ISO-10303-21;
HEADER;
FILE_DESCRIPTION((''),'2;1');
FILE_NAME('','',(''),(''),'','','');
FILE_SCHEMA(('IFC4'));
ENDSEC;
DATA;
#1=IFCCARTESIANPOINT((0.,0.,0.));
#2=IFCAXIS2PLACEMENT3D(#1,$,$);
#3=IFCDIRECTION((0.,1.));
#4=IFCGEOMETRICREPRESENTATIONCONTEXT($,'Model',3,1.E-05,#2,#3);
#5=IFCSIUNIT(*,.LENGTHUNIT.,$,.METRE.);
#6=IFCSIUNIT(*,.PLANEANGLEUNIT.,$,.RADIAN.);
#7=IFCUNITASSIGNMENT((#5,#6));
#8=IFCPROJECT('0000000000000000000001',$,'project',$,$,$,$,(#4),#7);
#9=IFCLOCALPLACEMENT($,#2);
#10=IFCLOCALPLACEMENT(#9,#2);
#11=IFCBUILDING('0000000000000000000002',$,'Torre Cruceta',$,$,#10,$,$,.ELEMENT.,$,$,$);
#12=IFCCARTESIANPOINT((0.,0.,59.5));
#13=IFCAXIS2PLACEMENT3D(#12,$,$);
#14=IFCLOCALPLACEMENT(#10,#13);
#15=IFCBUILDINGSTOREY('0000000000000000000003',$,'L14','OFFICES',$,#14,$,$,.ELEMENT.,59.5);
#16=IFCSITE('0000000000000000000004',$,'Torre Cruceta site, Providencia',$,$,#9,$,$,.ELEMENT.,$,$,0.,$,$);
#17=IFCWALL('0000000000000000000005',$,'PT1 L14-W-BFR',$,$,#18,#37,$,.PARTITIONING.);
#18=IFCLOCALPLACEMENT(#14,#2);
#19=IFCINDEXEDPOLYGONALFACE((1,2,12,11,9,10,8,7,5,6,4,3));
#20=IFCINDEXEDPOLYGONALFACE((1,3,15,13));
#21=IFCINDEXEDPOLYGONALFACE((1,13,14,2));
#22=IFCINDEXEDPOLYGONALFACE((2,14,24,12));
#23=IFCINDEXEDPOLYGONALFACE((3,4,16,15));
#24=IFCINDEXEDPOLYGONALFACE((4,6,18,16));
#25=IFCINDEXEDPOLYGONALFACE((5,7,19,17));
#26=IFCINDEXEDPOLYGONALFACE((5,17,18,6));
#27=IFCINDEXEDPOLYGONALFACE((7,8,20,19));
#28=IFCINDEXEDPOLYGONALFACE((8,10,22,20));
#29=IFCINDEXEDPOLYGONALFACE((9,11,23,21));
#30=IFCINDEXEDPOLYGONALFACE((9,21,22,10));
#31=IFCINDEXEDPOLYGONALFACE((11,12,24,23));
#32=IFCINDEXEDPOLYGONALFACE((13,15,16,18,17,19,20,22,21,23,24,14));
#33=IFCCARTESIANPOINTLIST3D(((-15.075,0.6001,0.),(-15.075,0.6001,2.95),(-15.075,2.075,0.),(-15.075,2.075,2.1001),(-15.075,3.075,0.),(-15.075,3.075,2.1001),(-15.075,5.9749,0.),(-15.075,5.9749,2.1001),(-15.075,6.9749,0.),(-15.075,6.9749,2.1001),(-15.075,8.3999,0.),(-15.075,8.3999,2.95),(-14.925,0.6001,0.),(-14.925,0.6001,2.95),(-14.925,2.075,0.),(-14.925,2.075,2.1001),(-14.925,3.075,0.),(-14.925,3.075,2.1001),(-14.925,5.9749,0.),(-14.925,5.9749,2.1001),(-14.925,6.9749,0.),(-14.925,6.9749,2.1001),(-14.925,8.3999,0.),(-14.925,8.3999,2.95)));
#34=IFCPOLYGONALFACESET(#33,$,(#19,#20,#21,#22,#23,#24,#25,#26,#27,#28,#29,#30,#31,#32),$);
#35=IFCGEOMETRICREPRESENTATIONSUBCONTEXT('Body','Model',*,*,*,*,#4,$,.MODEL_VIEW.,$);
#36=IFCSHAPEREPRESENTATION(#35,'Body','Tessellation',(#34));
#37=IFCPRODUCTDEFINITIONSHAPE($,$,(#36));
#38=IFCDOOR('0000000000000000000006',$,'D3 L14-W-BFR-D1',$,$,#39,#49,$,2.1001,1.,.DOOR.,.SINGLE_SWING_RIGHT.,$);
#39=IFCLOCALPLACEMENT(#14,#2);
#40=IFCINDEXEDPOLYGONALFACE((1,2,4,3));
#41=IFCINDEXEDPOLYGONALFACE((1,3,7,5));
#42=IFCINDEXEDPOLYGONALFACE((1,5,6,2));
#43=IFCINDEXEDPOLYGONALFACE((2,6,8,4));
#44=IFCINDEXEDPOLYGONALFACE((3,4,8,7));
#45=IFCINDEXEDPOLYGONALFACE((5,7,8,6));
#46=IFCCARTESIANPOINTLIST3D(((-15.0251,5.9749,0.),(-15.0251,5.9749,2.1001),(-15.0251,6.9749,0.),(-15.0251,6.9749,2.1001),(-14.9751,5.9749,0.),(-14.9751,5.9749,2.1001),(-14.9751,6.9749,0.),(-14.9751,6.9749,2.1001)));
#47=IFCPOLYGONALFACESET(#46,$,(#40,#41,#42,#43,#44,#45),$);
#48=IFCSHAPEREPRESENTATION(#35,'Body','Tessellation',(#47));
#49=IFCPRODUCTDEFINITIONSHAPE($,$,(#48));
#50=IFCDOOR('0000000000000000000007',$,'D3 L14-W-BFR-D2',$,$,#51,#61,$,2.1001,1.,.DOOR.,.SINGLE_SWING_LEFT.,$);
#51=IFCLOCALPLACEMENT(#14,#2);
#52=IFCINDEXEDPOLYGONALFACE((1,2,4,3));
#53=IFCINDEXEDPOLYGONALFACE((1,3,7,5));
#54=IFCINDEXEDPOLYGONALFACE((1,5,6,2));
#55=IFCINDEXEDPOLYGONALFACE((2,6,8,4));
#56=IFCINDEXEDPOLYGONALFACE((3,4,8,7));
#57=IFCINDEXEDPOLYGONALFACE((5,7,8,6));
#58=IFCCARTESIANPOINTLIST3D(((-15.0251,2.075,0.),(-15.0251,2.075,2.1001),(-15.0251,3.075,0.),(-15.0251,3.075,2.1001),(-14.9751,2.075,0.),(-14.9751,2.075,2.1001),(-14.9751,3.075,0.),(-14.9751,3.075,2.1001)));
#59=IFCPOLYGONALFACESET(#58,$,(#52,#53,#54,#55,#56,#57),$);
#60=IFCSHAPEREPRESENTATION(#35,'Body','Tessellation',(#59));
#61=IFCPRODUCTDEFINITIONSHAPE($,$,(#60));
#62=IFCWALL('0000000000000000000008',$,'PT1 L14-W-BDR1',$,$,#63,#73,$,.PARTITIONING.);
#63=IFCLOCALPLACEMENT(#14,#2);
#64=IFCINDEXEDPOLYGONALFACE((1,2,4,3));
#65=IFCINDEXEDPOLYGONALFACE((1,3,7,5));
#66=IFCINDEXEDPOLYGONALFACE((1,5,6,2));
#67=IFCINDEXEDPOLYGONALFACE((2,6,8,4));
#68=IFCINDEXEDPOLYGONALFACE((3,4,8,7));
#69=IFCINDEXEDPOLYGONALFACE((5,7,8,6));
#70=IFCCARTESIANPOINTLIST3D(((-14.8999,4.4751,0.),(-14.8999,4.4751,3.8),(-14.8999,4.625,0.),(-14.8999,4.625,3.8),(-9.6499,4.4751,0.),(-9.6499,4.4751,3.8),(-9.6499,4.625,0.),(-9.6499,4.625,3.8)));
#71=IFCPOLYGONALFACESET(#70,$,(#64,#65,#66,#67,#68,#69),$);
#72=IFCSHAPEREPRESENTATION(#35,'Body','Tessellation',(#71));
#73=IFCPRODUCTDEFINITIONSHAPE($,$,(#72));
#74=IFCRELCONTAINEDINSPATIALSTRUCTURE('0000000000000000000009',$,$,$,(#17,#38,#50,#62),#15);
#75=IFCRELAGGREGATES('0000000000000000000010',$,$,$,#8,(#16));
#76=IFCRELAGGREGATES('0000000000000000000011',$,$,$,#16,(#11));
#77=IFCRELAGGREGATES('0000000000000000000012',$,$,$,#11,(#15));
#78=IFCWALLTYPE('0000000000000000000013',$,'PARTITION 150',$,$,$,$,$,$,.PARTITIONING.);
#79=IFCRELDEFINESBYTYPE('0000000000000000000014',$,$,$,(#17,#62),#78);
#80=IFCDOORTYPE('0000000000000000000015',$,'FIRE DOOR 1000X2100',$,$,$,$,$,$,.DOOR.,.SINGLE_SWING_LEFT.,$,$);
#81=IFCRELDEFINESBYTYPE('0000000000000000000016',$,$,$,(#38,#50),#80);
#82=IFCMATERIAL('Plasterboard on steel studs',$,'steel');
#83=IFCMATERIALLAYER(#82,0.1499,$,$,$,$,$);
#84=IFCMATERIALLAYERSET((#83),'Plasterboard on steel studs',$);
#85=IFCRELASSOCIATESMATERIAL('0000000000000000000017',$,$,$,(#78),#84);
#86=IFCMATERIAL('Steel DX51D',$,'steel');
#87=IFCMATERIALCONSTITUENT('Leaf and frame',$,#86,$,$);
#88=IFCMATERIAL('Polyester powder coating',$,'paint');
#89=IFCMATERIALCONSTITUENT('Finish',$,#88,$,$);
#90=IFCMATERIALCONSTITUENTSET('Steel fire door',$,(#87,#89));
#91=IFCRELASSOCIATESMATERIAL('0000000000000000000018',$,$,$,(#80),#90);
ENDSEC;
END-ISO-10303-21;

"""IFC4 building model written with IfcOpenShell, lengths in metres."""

from ifc_helpers import new_model, si_unit, direction, frame, frame_2d, origin, place, context, subcontext, project, spatial, rectangle, extrude, material, layer, layer_set, constituent, constituent_set, type_object, element, fill, save


model = new_model("IFC4")

# Units and contexts
model_context = context("Model", 3, precision=1e-05, world=origin(), true_north=direction((0.0, 1.0)))
body_context = subcontext(model_context, "Body", "Model", "MODEL_VIEW")
ifc_project = project(units=[si_unit("LENGTHUNIT", "METRE"), si_unit("PLANEANGLEUNIT", "RADIAN")], contexts=[model_context])

# Site, building, storey
site_placement = place(None, origin())
site = spatial("IfcSite", under=ifc_project, at=site_placement, Name="Torre Cruceta site, Providencia", CompositionType="ELEMENT", RefElevation=0.0)
building_placement = place(site_placement, origin())
building = spatial("IfcBuilding", under=site, at=building_placement, Name="Torre Cruceta", CompositionType="ELEMENT")
storey_placement = place(building_placement, frame((0.0, 0.0, 59.5)))
storey = spatial("IfcBuildingStorey", under=building, at=storey_placement, Name="L14", Description="OFFICES", CompositionType="ELEMENT", Elevation=59.5)

# Wall, openings, doors
ifc_material_1 = material(Name="Plasterboard on steel studs", Category="steel")
ifc_layer_1 = layer(ifc_material_1, 0.1499)
ifc_layer_set_1 = layer_set([ifc_layer_1], Name="Plasterboard on steel studs")
wall_type_1 = type_object("IfcWallType", Name="PARTITION 150", PredefinedType="PARTITIONING", material=ifc_layer_set_1)
wall_1_placement = place(storey_placement, frame((-15.0, 8.3999, 0.0), z_axis=(0.0, 0.0, 1.0), x_axis=(0.0, -1.0, 0.0)))
wall_1 = element("IfcWall", 1, at=wall_1_placement, inside=storey, type_object=wall_type_1, Name="PT1 L14-W-BFR", PredefinedType="PARTITIONING", context=body_context, shape_type="SweptSolid", body=[
    extrude(rectangle(XDim=7.7998, YDim=0.1499, at=frame_2d((3.8999, 0.0))), origin(), (0.0, 0.0, 1.0), 2.95),
])
opening_1_placement = place(wall_1_placement, frame((1.425, 0.0, 0.0)))
opening_1 = element("IfcOpeningElement", 2, at=opening_1_placement, cuts=wall_1, PredefinedType="OPENING", context=body_context, shape_type="SweptSolid", body=[
    extrude(rectangle(XDim=1.0, YDim=2.1001, at=frame_2d((0.5, 1.05))), frame((0.0, 0.085, 0.0), z_axis=(0.0, -1.0, 0.0), x_axis=(1.0, 0.0, 0.0)), (0.0, 0.0, 1.0), 0.1699),
])
opening_2_placement = place(wall_1_placement, frame((5.325, 0.0, 0.0)))
opening_2 = element("IfcOpeningElement", 3, at=opening_2_placement, cuts=wall_1, PredefinedType="OPENING", context=body_context, shape_type="SweptSolid", body=[
    extrude(rectangle(XDim=1.0, YDim=2.1001, at=frame_2d((0.5, 1.05))), frame((0.0, 0.085, 0.0), z_axis=(0.0, -1.0, 0.0), x_axis=(1.0, 0.0, 0.0)), (0.0, 0.0, 1.0), 0.1699),
])
ifc_material_2 = material(Name="Steel DX51D", Category="steel")
ifc_constituent_1 = constituent(ifc_material_2, Name="Leaf and frame")
ifc_material_3 = material(Name="Polyester powder coating", Category="paint")
ifc_constituent_2 = constituent(ifc_material_3, Name="Finish")
ifc_constituent_set_1 = constituent_set(constituents=[ifc_constituent_1, ifc_constituent_2], Name="Steel fire door")
door_type_1 = type_object("IfcDoorType", Name="FIRE DOOR 1000X2100", OperationType="SINGLE_SWING_LEFT", PredefinedType="DOOR", material=ifc_constituent_set_1)
door_1_placement = place(opening_1_placement, origin())
door_1 = element("IfcDoor", 4, at=door_1_placement, inside=storey, type_object=door_type_1, Name="D3 L14-W-BFR-D1", OperationType="SINGLE_SWING_RIGHT", OverallHeight=2.1001, OverallWidth=1.0, PredefinedType="DOOR", context=body_context, shape_type="SweptSolid", body=[
    extrude(rectangle(XDim=1.0, YDim=2.1001, at=frame_2d((0.5, 1.05))), frame((0.0, 0.0249, 0.0), z_axis=(0.0, -1.0, 0.0), x_axis=(1.0, 0.0, 0.0)), (0.0, 0.0, 1.0), 0.05),
])
fill(opening_1, door_1)
door_2_placement = place(opening_2_placement, origin())
door_2 = element("IfcDoor", 5, at=door_2_placement, inside=storey, type_object=door_type_1, Name="D3 L14-W-BFR-D2", OperationType="SINGLE_SWING_LEFT", OverallHeight=2.1001, OverallWidth=1.0, PredefinedType="DOOR", context=body_context, shape_type="SweptSolid", body=[
    extrude(rectangle(XDim=1.0, YDim=2.1001, at=frame_2d((0.5, 1.05))), frame((0.0, 0.0249, 0.0), z_axis=(0.0, -1.0, 0.0), x_axis=(1.0, 0.0, 0.0)), (0.0, 0.0, 1.0), 0.05),
])
fill(opening_2, door_2)

# Wall
wall_2_placement = place(storey_placement, frame((-9.6499, 4.55, 0.0), z_axis=(0.0, 0.0, 1.0), x_axis=(-1.0, 0.0, 0.0)))
element("IfcWall", 6, at=wall_2_placement, inside=storey, type_object=wall_type_1, Name="PT1 L14-W-BDR1", PredefinedType="PARTITIONING", context=body_context, shape_type="SweptSolid", body=[
    extrude(rectangle(XDim=5.25, YDim=0.1499, at=frame_2d((2.625, 0.0))), origin(), (0.0, 0.0, 1.0), 3.8),
])

save(model, "model.ifc")
